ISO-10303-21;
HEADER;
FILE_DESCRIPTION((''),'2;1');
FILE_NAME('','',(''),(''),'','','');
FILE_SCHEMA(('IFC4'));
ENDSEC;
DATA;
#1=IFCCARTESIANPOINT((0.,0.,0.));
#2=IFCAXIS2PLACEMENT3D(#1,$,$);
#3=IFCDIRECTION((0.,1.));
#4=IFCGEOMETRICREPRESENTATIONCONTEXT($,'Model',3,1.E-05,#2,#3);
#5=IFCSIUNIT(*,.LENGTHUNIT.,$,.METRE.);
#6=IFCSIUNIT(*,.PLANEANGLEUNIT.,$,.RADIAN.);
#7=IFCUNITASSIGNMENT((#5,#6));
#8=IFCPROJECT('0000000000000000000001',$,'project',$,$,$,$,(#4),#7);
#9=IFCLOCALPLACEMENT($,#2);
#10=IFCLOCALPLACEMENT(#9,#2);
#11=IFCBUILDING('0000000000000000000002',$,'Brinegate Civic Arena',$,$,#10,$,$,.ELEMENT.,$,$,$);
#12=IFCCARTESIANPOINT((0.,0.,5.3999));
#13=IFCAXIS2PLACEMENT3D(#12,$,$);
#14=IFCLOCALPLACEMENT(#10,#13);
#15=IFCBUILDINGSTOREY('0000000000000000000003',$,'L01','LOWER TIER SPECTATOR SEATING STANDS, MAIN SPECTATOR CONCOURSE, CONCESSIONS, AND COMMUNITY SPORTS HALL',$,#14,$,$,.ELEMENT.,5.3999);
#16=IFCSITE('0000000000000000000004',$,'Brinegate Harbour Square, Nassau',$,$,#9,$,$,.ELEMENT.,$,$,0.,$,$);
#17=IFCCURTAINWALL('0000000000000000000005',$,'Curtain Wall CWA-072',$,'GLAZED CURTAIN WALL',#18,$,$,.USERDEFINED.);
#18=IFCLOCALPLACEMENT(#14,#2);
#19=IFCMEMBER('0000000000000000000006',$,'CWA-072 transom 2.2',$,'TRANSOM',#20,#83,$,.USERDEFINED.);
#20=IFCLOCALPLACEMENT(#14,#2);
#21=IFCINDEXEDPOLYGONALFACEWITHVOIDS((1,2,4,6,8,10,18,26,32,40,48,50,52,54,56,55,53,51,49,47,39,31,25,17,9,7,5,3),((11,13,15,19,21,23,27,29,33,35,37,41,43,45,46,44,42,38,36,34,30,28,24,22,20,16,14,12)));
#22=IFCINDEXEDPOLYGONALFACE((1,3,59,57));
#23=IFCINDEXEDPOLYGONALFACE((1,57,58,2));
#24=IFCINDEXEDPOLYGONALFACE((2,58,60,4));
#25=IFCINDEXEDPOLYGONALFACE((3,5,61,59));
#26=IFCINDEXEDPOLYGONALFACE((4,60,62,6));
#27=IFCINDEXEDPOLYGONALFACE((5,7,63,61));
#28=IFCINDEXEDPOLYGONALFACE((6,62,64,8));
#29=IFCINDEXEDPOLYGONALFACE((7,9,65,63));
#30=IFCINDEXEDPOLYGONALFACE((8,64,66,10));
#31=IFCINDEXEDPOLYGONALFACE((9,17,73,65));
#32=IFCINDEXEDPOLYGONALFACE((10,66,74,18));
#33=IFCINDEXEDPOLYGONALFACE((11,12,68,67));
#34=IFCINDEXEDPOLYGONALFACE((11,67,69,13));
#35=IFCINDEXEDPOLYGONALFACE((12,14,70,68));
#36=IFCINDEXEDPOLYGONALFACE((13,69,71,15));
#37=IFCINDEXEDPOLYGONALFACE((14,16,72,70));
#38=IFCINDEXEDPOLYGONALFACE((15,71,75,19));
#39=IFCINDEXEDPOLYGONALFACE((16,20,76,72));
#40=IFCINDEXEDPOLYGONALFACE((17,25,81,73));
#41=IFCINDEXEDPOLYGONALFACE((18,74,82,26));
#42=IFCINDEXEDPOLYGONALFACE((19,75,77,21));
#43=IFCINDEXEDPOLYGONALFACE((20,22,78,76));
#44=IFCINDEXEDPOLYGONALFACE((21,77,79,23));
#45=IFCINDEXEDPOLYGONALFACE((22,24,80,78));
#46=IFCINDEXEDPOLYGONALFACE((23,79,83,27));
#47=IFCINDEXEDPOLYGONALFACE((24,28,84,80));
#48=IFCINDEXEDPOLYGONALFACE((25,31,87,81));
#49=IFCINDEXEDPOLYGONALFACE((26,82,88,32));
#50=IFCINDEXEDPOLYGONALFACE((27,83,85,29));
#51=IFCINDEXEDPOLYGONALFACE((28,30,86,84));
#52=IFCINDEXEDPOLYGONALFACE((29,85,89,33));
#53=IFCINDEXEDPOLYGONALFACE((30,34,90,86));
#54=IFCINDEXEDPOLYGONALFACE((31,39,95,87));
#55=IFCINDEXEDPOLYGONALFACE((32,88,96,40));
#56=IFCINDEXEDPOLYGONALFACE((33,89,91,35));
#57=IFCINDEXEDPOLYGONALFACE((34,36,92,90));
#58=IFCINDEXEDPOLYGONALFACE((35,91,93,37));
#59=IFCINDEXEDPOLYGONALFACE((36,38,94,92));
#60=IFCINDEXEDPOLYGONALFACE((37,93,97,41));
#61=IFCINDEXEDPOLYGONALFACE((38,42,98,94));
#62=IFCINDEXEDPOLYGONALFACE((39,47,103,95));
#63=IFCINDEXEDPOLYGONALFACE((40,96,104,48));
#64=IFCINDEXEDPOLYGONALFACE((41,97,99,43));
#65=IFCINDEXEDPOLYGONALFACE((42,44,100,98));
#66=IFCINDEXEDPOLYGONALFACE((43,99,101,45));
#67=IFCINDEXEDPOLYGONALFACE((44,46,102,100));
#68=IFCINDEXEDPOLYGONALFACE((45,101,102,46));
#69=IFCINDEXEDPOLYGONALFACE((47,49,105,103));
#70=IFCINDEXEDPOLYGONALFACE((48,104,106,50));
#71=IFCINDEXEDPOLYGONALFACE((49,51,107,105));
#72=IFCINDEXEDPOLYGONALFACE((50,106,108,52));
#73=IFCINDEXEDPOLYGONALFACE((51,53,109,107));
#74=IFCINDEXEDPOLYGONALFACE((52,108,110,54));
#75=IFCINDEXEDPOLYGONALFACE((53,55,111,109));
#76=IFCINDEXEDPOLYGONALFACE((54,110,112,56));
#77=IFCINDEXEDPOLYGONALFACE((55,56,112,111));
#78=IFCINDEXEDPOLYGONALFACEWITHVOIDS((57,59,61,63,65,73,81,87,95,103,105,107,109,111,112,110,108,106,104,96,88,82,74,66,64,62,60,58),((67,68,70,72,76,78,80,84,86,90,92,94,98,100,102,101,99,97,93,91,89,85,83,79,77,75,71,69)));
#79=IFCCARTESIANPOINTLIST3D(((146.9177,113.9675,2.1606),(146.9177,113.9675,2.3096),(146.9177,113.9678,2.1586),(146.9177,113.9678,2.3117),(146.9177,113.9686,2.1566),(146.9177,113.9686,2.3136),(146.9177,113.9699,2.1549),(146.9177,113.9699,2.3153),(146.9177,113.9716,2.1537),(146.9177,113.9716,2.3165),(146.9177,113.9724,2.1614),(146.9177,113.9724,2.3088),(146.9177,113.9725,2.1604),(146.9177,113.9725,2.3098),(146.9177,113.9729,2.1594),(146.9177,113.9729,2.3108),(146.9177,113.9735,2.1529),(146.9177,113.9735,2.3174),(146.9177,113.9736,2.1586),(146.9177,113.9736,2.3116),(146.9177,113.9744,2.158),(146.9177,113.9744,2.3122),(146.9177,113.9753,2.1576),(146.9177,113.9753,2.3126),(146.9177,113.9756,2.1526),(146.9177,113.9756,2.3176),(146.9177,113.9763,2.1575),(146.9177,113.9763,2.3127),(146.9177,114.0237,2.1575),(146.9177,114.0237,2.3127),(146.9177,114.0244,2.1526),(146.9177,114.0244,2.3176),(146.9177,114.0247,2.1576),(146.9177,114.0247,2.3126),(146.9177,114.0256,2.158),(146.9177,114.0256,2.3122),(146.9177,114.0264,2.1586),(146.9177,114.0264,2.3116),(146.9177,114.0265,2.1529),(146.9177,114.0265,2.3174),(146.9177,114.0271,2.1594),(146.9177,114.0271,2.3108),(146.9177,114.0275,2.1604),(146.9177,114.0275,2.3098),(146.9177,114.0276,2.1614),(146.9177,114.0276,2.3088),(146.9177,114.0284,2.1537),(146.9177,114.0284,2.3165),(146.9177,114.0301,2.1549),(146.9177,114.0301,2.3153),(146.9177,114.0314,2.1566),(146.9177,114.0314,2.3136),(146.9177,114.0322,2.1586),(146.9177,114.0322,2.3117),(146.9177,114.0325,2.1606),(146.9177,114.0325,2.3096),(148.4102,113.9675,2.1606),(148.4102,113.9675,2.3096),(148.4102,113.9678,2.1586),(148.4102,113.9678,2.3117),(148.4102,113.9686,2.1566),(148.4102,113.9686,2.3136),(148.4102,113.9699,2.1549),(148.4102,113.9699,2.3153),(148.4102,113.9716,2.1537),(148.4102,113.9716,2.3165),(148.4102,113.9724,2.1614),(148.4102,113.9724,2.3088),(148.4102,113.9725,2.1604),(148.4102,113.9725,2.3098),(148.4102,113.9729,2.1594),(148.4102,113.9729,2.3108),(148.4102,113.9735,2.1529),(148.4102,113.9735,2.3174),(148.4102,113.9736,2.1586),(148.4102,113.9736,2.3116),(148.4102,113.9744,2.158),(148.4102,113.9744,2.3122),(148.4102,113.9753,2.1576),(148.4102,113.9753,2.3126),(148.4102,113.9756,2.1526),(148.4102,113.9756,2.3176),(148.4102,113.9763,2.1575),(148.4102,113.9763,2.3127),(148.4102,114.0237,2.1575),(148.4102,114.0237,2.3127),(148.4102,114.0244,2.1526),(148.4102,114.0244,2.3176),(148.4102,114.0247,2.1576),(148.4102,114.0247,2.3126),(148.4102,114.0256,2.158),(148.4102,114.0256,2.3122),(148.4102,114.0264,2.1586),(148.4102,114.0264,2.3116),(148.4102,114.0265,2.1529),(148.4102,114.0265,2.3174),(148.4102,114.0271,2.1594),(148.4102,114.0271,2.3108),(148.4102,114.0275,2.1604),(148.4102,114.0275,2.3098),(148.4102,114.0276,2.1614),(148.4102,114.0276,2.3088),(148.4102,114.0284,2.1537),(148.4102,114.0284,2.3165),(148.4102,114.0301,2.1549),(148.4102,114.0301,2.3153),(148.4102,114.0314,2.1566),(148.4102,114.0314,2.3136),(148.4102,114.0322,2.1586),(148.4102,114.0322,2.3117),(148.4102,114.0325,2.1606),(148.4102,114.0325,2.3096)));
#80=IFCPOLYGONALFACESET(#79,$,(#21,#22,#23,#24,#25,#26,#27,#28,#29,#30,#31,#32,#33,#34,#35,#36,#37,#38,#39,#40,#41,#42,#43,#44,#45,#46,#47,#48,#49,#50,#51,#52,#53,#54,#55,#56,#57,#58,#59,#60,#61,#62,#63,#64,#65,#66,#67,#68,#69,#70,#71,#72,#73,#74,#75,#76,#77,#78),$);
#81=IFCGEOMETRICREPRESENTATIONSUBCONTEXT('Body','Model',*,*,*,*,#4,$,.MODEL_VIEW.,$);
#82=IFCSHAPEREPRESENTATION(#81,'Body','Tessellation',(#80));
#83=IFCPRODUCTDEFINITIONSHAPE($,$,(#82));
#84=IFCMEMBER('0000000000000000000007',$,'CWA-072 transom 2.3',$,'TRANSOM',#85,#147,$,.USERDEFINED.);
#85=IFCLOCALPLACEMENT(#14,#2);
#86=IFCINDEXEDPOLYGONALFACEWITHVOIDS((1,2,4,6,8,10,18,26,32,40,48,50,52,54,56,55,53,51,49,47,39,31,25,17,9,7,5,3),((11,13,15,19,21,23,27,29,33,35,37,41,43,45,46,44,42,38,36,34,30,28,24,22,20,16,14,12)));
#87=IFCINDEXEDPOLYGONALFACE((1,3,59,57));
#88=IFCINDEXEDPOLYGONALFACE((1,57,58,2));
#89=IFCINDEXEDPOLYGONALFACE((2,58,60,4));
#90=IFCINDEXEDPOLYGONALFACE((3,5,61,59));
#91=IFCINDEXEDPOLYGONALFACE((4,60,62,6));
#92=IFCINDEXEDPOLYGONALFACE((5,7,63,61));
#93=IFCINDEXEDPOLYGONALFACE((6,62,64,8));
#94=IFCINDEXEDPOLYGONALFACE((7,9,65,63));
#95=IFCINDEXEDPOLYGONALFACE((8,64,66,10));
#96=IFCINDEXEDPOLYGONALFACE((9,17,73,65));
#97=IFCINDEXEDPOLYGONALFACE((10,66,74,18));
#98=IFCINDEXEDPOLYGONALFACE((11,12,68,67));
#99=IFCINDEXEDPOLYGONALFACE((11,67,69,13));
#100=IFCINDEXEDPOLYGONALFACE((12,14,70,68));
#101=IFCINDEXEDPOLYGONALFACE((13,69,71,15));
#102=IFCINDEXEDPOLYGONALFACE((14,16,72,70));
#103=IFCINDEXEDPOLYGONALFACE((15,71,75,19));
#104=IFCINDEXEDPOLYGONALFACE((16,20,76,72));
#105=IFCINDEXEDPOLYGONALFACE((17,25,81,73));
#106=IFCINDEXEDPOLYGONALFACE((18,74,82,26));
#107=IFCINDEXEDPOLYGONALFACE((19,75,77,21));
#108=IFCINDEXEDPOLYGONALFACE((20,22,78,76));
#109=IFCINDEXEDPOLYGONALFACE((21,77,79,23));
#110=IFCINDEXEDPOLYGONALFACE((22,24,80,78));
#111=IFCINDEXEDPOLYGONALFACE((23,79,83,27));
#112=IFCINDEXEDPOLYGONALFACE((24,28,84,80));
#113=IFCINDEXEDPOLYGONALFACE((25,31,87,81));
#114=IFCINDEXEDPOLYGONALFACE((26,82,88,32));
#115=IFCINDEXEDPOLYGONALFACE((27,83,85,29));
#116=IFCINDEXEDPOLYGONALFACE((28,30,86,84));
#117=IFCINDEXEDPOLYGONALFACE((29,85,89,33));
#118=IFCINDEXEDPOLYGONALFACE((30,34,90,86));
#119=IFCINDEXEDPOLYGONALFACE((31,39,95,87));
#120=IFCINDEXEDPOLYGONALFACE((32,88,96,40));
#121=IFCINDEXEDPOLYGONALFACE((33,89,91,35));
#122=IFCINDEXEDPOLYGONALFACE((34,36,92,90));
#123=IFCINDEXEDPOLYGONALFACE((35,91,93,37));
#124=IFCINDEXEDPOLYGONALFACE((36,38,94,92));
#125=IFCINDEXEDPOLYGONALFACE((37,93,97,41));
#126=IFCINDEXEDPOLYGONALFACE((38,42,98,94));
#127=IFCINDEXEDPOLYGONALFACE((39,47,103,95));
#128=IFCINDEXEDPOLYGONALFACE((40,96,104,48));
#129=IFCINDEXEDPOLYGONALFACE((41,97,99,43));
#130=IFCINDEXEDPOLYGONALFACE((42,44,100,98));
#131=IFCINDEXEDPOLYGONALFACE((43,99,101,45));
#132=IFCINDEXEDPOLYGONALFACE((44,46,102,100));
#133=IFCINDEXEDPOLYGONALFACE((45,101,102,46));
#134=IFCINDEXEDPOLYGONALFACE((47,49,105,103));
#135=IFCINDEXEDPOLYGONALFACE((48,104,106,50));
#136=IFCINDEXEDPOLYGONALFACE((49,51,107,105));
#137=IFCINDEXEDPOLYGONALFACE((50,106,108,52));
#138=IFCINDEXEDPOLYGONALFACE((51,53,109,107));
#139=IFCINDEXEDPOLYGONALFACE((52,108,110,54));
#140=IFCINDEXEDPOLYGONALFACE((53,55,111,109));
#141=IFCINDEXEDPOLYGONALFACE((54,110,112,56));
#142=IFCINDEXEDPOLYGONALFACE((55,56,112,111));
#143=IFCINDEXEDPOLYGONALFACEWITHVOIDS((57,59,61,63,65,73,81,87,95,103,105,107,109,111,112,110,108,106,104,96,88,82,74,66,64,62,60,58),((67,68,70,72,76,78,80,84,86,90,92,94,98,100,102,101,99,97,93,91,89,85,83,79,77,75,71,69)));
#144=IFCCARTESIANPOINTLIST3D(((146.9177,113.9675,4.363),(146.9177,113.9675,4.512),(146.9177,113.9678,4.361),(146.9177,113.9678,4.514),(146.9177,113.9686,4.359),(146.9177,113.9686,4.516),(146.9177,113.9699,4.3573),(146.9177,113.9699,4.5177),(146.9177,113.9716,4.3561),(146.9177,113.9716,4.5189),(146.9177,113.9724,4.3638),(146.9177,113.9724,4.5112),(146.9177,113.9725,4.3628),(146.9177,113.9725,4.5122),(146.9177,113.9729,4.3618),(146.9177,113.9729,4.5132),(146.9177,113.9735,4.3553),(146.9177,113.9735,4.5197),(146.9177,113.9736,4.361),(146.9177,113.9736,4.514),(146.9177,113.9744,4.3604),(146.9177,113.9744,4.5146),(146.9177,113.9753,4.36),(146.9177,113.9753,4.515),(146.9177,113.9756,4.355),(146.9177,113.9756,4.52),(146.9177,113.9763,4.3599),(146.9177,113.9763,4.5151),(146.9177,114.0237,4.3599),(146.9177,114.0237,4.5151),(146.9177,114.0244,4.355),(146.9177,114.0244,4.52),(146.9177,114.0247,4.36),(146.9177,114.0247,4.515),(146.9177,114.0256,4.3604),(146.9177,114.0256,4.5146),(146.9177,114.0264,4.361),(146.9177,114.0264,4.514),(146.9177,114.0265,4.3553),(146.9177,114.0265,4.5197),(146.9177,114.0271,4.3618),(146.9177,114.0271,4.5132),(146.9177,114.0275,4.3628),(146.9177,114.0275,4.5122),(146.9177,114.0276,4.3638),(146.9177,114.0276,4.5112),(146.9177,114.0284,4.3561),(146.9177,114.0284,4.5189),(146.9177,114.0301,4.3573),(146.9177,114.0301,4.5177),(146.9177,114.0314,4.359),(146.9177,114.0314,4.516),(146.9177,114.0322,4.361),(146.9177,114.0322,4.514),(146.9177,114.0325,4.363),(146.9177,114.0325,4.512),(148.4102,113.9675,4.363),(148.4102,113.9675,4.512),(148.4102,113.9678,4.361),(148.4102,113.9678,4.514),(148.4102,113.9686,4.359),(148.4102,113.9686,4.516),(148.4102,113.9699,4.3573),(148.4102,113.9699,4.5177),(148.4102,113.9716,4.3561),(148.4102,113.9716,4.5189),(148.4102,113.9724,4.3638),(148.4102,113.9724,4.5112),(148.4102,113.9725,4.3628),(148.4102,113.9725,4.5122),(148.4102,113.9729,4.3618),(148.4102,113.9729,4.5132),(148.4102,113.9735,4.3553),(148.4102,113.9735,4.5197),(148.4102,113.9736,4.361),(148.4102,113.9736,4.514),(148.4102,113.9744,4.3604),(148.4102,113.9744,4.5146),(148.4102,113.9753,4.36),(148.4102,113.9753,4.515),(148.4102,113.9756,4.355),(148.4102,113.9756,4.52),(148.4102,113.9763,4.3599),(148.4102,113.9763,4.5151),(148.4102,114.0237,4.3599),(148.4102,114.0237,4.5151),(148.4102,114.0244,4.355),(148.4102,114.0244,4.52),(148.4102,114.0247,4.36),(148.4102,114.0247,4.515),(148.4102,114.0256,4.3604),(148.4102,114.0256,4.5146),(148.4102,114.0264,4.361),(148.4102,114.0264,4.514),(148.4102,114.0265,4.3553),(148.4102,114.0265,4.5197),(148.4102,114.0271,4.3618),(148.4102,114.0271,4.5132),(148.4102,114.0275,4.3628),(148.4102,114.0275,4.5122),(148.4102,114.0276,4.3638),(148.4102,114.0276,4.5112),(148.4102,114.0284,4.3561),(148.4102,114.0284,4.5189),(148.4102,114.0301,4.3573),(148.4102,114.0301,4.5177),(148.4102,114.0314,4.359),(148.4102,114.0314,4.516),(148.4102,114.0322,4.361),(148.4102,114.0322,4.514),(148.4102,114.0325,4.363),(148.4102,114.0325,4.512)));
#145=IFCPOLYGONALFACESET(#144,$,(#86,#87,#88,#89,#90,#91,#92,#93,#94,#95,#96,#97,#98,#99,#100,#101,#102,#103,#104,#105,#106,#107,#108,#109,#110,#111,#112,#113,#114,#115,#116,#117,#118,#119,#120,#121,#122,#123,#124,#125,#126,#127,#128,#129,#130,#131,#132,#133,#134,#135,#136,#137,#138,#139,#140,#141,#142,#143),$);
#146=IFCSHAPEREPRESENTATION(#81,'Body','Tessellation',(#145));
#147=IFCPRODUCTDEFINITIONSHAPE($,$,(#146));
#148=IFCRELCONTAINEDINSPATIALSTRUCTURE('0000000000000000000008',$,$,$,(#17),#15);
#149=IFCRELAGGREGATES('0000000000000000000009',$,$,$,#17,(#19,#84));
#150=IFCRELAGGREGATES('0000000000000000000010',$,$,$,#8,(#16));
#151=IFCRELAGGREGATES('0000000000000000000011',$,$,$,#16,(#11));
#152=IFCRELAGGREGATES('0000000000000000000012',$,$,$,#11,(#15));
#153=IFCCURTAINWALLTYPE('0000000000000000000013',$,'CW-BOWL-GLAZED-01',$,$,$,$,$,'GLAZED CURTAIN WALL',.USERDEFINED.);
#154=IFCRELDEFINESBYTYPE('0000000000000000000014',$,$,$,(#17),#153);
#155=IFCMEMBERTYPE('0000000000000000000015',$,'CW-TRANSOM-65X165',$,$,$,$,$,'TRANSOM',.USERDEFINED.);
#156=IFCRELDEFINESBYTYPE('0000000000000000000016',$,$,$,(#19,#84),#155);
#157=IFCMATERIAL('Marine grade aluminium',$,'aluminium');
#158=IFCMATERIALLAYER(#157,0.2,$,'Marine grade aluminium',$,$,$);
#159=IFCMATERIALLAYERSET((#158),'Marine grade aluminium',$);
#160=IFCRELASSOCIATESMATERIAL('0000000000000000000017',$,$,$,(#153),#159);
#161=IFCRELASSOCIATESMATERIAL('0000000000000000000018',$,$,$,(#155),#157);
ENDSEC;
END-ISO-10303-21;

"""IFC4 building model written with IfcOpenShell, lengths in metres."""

from ifc_helpers import new_model, si_unit, direction, frame, origin, origin_2d, place, context, subcontext, project, spatial, hollow_rectangle, extrude, material, layer, layer_set, material_profile, profile_set, type_object, element, aggregate, save


model = new_model("IFC4")

# Units and contexts
model_context = context("Model", 3, precision=1e-05, world=origin(), true_north=direction((0.0, 1.0)))
body_context = subcontext(model_context, "Body", "Model", "MODEL_VIEW")
ifc_project = project(units=[si_unit("LENGTHUNIT", "METRE"), si_unit("PLANEANGLEUNIT", "RADIAN")], contexts=[model_context])

# Site, building, storey
site_placement = place(None, origin())
site = spatial("IfcSite", under=ifc_project, at=site_placement, Name="Brinegate Harbour Square, Nassau", CompositionType="ELEMENT", RefElevation=0.0)
building_placement = place(site_placement, origin())
building = spatial("IfcBuilding", under=site, at=building_placement, Name="Brinegate Civic Arena", CompositionType="ELEMENT")
storey_placement = place(building_placement, frame((0.0, 0.0, 5.3999)))
storey = spatial("IfcBuildingStorey", under=building, at=storey_placement, Name="L01", Description="LOWER TIER SPECTATOR SEATING STANDS, MAIN SPECTATOR CONCOURSE, CONCESSIONS, AND COMMUNITY SPORTS HALL", CompositionType="ELEMENT", Elevation=5.3999)

# Curtain wall, members
ifc_material_1 = material(Name="Marine grade aluminium", Category="aluminium")
ifc_layer_1 = layer(ifc_material_1, 0.2, Name="Marine grade aluminium")
ifc_layer_set_1 = layer_set([ifc_layer_1], Name="Marine grade aluminium")
curtain_wall_type = type_object("IfcCurtainWallType", Name="CW-BOWL-GLAZED-01", ElementType="GLAZED CURTAIN WALL", PredefinedType="USERDEFINED", material=ifc_layer_set_1)
curtain_wall_placement = place(storey_placement, origin())
curtain_wall = element("IfcCurtainWall", 1, at=curtain_wall_placement, inside=storey, type_object=curtain_wall_type, Name="Curtain Wall CWA-072", ObjectType="GLAZED CURTAIN WALL", PredefinedType="USERDEFINED")
ifc_material_profile_1 = material_profile(ifc_material_1, hollow_rectangle(XDim=0.0649, YDim=0.165, WallThickness=0.0049, InnerFilletRadius=0.0039, OuterFilletRadius=0.0081, at=origin_2d()), Name="TRN65X165")
ifc_profile_set_1 = profile_set([ifc_material_profile_1], Name="Marine grade aluminium")
member_type_1 = type_object("IfcMemberType", Name="CW-TRANSOM-65X165", ElementType="TRANSOM", PredefinedType="USERDEFINED", material=ifc_profile_set_1)
member_1_placement = place(storey_placement, frame((146.9177, 114.0, 2.2351), z_axis=(1.0, 0.0, 0.0), x_axis=(0.0, 1.0, 0.0)))
member_1 = element("IfcMember", 2, at=member_1_placement, type_object=member_type_1, Name="CWA-072 transom 2.2", ObjectType="TRANSOM", PredefinedType="USERDEFINED", context=body_context, shape_type="SweptSolid", body=[
    extrude(hollow_rectangle(XDim=0.0649, YDim=0.165, WallThickness=0.0049, InnerFilletRadius=0.0039, OuterFilletRadius=0.0081, at=origin_2d()), origin(), (0.0, 0.0, 1.0), 1.4924),
])
member_2_placement = place(storey_placement, frame((146.9177, 114.0, 4.4375), z_axis=(1.0, 0.0, 0.0), x_axis=(0.0, 1.0, 0.0)))
member_2 = element("IfcMember", 3, at=member_2_placement, type_object=member_type_1, Name="CWA-072 transom 2.3", ObjectType="TRANSOM", PredefinedType="USERDEFINED", context=body_context, shape_type="SweptSolid", body=[
    extrude(hollow_rectangle(XDim=0.0649, YDim=0.165, WallThickness=0.0049, InnerFilletRadius=0.0039, OuterFilletRadius=0.0081, at=origin_2d()), origin(), (0.0, 0.0, 1.0), 1.4924),
])
aggregate(curtain_wall, [member_1, member_2])

save(model, "model.ifc")
